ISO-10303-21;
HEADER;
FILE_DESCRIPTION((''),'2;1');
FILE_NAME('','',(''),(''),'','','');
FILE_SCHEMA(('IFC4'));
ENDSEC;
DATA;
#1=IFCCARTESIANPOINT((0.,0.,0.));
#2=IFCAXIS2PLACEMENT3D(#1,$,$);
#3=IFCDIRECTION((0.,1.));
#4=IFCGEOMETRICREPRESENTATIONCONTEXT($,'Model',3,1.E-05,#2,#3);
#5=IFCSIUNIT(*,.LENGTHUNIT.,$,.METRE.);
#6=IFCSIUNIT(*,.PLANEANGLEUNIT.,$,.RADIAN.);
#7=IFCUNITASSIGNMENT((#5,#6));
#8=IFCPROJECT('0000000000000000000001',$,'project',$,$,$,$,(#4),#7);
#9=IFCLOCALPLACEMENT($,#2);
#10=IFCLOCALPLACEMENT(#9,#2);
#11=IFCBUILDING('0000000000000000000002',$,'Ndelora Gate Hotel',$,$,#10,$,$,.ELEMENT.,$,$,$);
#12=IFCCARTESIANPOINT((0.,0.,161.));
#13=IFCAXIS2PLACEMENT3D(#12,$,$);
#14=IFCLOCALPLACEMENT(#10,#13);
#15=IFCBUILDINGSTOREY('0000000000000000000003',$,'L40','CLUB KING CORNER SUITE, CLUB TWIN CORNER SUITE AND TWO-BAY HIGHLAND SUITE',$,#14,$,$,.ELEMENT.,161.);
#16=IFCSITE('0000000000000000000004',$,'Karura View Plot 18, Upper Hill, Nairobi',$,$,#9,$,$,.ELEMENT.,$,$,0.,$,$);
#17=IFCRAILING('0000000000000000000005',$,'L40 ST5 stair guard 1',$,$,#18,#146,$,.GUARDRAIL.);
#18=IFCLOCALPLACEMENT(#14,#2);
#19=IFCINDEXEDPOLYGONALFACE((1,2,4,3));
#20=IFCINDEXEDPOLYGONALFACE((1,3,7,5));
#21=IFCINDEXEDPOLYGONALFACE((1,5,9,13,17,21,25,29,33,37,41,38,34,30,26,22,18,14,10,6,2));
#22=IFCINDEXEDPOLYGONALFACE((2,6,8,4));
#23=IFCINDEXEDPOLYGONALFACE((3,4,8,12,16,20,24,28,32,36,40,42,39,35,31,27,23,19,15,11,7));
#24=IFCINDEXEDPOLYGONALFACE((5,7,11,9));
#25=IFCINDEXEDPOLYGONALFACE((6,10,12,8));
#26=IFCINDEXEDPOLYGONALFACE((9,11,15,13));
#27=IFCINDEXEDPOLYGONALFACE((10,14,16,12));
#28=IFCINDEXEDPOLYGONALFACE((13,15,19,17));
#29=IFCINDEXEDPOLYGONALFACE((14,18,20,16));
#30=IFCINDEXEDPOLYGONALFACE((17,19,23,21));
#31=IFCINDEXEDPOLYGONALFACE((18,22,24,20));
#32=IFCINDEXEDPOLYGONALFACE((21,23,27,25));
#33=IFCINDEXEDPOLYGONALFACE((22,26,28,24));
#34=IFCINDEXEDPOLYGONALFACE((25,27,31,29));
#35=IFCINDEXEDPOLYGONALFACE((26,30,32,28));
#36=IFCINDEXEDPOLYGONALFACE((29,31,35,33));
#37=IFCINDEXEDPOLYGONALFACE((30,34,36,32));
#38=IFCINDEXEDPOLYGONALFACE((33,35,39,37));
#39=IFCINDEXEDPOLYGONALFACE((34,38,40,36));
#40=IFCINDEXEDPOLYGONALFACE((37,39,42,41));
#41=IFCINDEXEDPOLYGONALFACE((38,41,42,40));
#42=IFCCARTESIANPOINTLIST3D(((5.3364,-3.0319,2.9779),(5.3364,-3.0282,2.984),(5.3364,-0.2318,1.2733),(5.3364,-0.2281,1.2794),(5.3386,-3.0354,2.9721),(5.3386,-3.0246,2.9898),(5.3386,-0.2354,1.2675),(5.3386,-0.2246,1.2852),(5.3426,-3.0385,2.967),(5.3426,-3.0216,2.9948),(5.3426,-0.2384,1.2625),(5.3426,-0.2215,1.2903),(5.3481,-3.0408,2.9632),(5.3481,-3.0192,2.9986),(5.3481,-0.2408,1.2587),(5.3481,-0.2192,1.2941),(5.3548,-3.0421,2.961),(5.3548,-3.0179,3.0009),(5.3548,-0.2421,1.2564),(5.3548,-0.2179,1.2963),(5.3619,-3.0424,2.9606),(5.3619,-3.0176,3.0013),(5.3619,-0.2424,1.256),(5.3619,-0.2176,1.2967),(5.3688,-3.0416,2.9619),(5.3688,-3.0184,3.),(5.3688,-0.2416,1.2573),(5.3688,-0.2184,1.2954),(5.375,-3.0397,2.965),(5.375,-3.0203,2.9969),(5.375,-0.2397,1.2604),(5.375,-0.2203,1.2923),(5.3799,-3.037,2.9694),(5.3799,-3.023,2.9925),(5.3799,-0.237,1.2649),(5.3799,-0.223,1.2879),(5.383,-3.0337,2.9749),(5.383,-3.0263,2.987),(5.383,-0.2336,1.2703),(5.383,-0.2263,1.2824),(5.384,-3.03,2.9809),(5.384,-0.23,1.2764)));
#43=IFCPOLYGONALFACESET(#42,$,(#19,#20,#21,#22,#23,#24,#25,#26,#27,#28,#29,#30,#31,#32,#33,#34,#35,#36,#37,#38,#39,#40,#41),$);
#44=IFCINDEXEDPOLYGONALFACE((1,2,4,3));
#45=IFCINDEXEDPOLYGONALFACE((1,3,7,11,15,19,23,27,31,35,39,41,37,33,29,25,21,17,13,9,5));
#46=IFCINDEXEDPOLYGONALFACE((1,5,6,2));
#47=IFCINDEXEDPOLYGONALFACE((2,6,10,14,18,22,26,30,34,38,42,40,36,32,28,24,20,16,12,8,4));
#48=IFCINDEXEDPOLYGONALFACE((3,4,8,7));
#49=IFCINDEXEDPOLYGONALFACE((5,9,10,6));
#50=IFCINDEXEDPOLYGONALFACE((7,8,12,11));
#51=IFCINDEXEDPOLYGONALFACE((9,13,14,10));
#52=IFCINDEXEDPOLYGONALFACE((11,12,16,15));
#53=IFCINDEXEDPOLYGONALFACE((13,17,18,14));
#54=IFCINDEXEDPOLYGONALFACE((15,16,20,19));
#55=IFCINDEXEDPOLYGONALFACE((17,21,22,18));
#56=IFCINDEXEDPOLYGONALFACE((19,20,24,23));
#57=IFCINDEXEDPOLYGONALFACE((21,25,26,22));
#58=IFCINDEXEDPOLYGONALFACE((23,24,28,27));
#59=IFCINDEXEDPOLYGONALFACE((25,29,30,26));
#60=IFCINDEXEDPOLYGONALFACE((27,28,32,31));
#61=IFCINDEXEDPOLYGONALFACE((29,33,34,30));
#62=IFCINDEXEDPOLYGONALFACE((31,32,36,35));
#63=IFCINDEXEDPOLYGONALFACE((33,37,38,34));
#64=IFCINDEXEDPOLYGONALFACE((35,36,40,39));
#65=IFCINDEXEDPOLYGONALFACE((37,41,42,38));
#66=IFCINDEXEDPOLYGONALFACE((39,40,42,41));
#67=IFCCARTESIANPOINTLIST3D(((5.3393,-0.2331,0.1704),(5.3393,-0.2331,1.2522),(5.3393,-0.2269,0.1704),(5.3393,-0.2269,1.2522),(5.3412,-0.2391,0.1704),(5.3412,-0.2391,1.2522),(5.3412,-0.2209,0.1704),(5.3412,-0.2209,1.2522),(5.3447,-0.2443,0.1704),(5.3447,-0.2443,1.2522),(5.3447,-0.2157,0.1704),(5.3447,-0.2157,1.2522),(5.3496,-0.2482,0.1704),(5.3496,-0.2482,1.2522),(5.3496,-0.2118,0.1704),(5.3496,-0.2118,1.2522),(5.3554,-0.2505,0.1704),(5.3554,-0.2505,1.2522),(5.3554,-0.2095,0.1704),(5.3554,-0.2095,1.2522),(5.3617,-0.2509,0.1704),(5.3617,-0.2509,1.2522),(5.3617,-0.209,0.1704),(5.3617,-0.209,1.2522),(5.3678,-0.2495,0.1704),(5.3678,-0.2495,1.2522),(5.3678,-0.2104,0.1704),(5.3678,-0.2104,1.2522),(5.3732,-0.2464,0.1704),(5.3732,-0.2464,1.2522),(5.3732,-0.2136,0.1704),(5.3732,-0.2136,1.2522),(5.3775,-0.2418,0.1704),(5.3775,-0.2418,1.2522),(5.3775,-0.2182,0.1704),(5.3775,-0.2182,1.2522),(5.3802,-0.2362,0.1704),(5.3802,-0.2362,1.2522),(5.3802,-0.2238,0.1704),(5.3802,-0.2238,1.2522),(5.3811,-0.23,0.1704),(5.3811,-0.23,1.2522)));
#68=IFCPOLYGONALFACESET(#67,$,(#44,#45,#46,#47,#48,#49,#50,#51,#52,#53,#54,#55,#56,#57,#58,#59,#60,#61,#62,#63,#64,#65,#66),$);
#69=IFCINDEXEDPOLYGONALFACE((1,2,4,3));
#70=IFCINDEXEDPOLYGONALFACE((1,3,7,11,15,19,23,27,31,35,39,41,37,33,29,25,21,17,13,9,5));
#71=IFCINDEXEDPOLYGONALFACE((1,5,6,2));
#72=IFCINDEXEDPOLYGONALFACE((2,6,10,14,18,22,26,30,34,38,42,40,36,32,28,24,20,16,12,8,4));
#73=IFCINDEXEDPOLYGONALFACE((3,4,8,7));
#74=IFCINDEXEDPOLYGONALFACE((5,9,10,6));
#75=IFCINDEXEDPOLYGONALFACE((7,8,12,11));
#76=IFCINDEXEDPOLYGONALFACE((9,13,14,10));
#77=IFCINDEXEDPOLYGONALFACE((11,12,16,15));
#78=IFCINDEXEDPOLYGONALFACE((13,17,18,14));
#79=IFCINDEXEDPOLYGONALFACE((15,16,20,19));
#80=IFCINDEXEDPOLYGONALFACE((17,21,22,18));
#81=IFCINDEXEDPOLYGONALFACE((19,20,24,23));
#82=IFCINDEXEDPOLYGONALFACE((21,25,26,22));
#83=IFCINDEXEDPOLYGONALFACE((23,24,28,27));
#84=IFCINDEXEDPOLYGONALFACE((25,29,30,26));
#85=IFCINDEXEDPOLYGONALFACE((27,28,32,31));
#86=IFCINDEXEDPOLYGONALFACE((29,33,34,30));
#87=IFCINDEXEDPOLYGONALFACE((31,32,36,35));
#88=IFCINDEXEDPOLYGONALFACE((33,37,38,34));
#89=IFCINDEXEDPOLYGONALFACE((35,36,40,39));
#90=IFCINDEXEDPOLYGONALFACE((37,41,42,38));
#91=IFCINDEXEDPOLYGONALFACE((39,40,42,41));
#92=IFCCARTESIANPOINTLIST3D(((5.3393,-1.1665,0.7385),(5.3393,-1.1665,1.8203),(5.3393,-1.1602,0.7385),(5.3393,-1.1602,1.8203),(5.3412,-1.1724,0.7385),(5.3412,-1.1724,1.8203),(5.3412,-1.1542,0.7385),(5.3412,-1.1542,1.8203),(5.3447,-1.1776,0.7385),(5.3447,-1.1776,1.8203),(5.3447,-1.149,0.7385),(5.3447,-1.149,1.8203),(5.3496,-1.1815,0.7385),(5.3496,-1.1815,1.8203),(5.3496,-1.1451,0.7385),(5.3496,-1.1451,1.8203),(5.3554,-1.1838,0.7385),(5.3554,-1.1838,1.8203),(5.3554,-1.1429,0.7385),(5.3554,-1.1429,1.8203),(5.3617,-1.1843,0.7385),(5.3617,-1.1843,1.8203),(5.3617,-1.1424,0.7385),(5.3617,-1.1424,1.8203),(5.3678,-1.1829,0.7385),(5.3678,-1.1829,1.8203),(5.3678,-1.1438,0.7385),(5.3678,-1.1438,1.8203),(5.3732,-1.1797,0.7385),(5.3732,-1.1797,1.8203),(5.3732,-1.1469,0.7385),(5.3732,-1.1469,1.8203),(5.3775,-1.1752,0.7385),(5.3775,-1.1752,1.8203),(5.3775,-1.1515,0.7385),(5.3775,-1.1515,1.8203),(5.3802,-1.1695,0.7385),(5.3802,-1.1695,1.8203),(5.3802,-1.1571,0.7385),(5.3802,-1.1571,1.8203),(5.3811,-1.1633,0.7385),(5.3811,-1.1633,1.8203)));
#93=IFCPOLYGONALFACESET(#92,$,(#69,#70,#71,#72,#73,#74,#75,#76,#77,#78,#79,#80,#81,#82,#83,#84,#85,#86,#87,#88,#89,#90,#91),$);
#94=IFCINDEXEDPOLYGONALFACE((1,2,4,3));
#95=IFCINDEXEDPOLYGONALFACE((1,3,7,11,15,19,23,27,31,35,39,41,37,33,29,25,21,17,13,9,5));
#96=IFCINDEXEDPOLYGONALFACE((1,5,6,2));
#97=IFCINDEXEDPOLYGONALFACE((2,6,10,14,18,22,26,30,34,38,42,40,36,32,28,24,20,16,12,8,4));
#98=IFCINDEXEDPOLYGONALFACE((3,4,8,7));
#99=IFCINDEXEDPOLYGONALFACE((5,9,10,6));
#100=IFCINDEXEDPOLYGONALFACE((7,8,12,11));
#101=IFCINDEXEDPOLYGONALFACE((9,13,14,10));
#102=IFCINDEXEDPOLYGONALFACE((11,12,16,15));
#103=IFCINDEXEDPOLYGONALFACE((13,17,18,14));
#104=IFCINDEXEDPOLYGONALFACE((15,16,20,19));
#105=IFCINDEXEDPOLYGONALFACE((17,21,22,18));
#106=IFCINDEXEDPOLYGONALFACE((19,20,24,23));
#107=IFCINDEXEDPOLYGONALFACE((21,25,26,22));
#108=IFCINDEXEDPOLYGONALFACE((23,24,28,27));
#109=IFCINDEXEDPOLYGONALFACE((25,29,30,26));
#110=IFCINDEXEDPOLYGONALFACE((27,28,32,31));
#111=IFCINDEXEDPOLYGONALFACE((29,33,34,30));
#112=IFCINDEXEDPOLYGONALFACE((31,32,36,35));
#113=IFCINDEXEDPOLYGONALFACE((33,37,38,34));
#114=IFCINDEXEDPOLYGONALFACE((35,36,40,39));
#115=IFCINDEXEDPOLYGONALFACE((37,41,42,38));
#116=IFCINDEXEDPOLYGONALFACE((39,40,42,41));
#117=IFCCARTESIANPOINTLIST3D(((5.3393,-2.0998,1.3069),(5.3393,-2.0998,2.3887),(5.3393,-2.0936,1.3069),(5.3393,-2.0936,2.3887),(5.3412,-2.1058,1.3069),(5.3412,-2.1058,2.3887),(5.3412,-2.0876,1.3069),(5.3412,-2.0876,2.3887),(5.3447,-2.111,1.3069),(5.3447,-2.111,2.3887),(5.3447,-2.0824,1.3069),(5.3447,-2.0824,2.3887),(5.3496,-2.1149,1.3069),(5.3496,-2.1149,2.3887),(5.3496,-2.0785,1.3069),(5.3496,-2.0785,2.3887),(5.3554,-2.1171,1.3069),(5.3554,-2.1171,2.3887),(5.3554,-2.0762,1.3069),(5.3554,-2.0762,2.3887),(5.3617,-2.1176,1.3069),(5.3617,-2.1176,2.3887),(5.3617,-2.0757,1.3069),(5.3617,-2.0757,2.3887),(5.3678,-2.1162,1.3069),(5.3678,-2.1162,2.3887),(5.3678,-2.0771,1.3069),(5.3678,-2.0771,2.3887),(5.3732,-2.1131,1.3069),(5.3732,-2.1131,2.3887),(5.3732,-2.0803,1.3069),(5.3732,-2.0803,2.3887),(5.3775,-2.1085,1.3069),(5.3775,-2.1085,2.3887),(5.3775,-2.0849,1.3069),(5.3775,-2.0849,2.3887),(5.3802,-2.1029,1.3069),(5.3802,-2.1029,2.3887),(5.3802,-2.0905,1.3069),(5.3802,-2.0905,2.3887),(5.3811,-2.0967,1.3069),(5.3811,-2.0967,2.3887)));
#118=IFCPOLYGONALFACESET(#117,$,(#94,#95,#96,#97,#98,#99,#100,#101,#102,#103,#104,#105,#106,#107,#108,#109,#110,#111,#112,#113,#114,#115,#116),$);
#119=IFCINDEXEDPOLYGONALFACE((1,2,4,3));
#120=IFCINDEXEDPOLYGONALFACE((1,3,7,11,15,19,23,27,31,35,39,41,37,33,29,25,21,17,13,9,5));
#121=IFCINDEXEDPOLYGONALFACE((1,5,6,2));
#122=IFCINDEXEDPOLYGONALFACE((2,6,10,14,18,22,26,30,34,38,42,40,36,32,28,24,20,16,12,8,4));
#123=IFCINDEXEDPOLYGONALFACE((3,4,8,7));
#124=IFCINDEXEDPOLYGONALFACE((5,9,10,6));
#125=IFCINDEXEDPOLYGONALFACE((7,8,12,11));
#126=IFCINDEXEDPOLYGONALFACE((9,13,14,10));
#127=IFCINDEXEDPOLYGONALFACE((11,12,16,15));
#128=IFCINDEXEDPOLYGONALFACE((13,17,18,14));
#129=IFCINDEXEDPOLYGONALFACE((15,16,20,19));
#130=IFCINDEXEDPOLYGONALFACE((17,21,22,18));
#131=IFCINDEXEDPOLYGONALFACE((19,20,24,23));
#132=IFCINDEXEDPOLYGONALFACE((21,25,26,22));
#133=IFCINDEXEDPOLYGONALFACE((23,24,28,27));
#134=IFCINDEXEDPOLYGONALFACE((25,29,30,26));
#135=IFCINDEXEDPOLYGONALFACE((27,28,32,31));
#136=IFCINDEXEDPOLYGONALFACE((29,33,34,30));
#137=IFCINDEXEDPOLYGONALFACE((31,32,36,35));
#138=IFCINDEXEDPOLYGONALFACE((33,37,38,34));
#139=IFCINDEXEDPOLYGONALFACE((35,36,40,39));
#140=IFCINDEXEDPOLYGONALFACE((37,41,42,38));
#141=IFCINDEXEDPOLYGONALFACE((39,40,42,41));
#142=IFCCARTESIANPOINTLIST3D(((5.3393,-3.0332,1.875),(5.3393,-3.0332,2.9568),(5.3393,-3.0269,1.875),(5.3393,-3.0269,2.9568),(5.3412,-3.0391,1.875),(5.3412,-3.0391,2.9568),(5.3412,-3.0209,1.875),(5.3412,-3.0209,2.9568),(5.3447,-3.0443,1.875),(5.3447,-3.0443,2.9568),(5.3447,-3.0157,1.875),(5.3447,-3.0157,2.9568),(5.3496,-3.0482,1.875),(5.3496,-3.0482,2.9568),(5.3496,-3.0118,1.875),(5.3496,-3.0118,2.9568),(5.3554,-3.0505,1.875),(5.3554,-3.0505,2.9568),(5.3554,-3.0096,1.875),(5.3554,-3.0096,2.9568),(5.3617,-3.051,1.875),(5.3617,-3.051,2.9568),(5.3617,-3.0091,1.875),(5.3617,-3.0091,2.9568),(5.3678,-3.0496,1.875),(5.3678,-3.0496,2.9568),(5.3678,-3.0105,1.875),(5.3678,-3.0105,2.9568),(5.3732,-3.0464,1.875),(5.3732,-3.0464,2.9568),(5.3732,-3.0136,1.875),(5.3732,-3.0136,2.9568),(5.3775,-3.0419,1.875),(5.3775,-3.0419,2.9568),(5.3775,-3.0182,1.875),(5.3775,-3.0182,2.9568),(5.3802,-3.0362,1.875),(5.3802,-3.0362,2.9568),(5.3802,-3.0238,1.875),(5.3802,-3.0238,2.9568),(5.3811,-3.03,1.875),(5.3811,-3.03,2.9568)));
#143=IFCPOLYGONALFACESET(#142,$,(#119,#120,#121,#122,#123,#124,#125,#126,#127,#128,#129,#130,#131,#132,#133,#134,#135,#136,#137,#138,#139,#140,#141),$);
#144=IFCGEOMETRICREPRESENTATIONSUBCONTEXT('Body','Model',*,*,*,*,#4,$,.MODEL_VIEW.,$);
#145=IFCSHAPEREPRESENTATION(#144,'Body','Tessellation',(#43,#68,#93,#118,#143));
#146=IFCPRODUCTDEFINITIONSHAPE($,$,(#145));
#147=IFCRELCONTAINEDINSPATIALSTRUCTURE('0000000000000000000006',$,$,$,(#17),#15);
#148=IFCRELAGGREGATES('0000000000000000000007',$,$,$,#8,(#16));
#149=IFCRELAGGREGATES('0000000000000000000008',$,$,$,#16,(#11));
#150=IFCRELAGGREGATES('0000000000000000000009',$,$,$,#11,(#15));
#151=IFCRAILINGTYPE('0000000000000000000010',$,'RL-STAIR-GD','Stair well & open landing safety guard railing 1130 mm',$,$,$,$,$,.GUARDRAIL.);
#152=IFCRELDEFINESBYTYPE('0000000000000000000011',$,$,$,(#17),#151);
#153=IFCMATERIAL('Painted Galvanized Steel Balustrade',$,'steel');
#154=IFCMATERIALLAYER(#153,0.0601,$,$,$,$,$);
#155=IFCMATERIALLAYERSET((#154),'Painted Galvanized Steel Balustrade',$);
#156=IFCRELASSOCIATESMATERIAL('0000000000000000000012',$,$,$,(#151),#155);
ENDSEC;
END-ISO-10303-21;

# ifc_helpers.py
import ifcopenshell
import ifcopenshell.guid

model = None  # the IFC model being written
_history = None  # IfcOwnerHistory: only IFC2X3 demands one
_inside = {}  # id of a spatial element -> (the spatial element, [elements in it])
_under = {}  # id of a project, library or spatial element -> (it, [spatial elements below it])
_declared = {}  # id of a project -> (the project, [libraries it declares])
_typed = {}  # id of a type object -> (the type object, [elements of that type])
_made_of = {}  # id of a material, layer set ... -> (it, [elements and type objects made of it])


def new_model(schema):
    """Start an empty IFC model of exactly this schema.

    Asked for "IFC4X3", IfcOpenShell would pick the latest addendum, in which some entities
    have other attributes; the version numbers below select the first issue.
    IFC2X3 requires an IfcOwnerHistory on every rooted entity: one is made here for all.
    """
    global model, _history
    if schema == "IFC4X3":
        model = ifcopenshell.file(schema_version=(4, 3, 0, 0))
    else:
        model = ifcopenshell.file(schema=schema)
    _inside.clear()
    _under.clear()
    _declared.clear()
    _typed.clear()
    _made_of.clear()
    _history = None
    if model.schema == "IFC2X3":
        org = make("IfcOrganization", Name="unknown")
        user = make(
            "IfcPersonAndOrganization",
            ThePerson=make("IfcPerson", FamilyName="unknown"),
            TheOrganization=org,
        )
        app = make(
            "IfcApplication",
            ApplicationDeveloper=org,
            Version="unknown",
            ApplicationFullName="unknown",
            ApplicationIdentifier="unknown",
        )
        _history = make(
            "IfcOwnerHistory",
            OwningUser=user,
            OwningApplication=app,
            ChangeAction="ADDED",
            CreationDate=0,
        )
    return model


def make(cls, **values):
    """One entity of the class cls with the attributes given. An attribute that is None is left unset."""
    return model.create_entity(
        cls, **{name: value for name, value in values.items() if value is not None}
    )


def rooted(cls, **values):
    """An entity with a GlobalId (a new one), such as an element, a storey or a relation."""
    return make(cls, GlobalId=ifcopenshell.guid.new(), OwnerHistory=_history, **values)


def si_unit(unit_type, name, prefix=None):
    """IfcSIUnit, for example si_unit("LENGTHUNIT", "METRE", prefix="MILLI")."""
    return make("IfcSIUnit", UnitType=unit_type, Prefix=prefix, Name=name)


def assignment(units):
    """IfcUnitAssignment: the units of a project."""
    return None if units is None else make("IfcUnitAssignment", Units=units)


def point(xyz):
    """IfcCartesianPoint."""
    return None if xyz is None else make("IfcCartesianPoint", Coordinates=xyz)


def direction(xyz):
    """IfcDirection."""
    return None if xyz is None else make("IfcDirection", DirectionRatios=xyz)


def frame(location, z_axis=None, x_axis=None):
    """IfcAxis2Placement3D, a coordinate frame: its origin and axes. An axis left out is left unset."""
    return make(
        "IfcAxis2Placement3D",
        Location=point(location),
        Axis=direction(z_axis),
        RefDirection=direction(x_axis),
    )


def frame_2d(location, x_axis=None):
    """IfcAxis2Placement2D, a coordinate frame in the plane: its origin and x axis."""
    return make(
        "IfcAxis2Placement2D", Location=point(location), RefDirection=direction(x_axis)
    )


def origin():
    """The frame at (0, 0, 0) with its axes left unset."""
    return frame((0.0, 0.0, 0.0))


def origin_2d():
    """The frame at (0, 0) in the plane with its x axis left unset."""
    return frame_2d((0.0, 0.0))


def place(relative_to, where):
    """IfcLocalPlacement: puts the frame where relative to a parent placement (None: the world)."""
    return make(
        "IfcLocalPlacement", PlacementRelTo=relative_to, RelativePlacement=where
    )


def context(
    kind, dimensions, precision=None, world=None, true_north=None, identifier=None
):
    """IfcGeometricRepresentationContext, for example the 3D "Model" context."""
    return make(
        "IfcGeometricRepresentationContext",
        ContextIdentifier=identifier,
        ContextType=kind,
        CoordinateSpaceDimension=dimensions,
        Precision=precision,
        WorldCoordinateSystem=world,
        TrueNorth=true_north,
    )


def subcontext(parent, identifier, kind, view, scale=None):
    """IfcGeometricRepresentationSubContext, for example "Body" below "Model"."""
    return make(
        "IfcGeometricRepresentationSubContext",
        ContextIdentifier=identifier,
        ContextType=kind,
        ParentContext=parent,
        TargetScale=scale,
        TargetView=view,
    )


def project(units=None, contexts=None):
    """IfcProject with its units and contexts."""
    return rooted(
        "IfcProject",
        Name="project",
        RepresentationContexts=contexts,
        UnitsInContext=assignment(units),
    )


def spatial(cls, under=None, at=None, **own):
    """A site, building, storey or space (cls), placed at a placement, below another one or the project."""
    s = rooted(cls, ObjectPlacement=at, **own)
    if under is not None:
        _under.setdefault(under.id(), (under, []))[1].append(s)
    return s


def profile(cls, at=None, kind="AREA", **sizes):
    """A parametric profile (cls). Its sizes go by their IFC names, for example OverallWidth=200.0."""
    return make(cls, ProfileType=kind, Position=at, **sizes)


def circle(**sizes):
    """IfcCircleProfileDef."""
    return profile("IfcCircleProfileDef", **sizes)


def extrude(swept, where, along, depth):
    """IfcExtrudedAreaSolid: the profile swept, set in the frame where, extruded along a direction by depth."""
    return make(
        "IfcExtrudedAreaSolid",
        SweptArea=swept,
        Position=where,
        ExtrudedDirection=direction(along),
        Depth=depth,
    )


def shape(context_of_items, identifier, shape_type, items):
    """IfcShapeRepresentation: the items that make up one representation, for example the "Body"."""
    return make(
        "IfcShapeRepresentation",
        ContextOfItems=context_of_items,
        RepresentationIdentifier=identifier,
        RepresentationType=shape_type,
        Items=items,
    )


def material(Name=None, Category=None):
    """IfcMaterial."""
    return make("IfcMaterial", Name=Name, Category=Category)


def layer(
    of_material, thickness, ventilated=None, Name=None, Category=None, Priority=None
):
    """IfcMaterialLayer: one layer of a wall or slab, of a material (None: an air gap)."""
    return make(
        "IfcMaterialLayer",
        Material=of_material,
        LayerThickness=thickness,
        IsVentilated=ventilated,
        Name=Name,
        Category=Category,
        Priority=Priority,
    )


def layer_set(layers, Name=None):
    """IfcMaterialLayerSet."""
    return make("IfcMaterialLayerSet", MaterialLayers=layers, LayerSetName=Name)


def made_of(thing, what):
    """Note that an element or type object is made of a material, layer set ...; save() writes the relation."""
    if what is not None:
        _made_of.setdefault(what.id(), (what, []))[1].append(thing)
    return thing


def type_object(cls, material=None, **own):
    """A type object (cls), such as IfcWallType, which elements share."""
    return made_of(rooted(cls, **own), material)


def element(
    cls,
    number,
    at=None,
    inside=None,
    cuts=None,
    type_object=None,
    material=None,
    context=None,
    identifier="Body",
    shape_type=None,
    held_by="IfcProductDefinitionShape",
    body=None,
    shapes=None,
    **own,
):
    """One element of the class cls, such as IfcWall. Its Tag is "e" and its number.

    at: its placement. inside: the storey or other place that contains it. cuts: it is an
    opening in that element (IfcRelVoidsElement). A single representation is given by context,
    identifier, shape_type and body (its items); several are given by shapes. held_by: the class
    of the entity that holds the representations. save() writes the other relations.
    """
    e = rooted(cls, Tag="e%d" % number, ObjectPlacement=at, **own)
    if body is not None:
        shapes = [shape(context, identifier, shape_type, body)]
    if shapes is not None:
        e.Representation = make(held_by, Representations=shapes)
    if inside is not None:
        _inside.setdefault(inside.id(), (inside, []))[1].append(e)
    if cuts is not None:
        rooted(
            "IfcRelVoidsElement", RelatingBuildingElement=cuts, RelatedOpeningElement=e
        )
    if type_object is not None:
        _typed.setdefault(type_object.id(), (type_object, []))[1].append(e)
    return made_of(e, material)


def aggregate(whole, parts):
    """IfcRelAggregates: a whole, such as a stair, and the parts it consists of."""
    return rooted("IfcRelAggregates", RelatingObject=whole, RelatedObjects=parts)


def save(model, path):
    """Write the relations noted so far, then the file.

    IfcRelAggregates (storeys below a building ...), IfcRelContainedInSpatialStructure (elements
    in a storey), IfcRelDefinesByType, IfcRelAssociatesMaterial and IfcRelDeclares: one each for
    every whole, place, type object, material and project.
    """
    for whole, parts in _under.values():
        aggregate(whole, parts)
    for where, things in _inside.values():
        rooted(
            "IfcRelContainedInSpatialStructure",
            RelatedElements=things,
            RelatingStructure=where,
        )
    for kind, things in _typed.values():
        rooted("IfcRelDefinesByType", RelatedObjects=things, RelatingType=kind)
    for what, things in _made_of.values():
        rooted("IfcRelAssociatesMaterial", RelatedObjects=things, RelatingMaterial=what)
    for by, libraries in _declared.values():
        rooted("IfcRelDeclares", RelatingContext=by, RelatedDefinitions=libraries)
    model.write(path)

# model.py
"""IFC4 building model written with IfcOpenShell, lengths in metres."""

from ifc_helpers import new_model, si_unit, direction, frame, origin, origin_2d, place, context, subcontext, project, spatial, circle, extrude, material, layer, layer_set, type_object, element, save


model = new_model("IFC4")

# Units and contexts
model_context = context("Model", 3, precision=1e-05, world=origin(), true_north=direction((0.0, 1.0)))
body_context = subcontext(model_context, "Body", "Model", "MODEL_VIEW")
ifc_project = project(units=[si_unit("LENGTHUNIT", "METRE"), si_unit("PLANEANGLEUNIT", "RADIAN")], contexts=[model_context])

# Site, building, storey
site_placement = place(None, origin())
site = spatial("IfcSite", under=ifc_project, at=site_placement, Name="Karura View Plot 18, Upper Hill, Nairobi", CompositionType="ELEMENT", RefElevation=0.0)
building_placement = place(site_placement, origin())
building = spatial("IfcBuilding", under=site, at=building_placement, Name="Ndelora Gate Hotel", CompositionType="ELEMENT")
storey_placement = place(building_placement, frame((0.0, 0.0, 161.0)))
storey = spatial("IfcBuildingStorey", under=building, at=storey_placement, Name="L40", Description="CLUB KING CORNER SUITE, CLUB TWIN CORNER SUITE AND TWO-BAY HIGHLAND SUITE", CompositionType="ELEMENT", Elevation=161.0)

# Railing
ifc_material_1 = material(Name="Painted Galvanized Steel Balustrade", Category="steel")
ifc_layer_1 = layer(ifc_material_1, 0.0601)
ifc_layer_set_1 = layer_set([ifc_layer_1], Name="Painted Galvanized Steel Balustrade")
railing_type_1 = type_object("IfcRailingType", Name="RL-STAIR-GD", Description="Stair well & open landing safety guard railing 1130 mm", PredefinedType="GUARDRAIL", material=ifc_layer_set_1)
railing_1_placement = place(storey_placement, frame((5.3601, -0.23, 0.1704)))
element("IfcRailing", 1, at=railing_1_placement, inside=storey, type_object=railing_type_1, Name="L40 ST5 stair guard 1", PredefinedType="GUARDRAIL", context=body_context, shape_type="SweptSolid", body=[
    extrude(circle(Radius=0.0239, at=origin_2d()), frame((0.0, 0.0, 1.106), z_axis=(0.0, -0.85417, 0.519994), x_axis=(1.0, 0.0, 0.0)), (0.0, 0.0, 1.0), 3.2781),
    extrude(circle(Radius=0.021, at=origin_2d()), origin(), (0.0, 0.0, 1.0), 1.0818),
    extrude(circle(Radius=0.021, at=origin_2d()), frame((0.0, -0.9333, 0.5681)), (0.0, 0.0, 1.0), 1.0818),
    extrude(circle(Radius=0.021, at=origin_2d()), frame((0.0, -1.8667, 1.1365)), (0.0, 0.0, 1.0), 1.0818),
    extrude(circle(Radius=0.021, at=origin_2d()), frame((0.0, -2.8, 1.7046)), (0.0, 0.0, 1.0), 1.0818),
])

save(model, "model.ifc")
